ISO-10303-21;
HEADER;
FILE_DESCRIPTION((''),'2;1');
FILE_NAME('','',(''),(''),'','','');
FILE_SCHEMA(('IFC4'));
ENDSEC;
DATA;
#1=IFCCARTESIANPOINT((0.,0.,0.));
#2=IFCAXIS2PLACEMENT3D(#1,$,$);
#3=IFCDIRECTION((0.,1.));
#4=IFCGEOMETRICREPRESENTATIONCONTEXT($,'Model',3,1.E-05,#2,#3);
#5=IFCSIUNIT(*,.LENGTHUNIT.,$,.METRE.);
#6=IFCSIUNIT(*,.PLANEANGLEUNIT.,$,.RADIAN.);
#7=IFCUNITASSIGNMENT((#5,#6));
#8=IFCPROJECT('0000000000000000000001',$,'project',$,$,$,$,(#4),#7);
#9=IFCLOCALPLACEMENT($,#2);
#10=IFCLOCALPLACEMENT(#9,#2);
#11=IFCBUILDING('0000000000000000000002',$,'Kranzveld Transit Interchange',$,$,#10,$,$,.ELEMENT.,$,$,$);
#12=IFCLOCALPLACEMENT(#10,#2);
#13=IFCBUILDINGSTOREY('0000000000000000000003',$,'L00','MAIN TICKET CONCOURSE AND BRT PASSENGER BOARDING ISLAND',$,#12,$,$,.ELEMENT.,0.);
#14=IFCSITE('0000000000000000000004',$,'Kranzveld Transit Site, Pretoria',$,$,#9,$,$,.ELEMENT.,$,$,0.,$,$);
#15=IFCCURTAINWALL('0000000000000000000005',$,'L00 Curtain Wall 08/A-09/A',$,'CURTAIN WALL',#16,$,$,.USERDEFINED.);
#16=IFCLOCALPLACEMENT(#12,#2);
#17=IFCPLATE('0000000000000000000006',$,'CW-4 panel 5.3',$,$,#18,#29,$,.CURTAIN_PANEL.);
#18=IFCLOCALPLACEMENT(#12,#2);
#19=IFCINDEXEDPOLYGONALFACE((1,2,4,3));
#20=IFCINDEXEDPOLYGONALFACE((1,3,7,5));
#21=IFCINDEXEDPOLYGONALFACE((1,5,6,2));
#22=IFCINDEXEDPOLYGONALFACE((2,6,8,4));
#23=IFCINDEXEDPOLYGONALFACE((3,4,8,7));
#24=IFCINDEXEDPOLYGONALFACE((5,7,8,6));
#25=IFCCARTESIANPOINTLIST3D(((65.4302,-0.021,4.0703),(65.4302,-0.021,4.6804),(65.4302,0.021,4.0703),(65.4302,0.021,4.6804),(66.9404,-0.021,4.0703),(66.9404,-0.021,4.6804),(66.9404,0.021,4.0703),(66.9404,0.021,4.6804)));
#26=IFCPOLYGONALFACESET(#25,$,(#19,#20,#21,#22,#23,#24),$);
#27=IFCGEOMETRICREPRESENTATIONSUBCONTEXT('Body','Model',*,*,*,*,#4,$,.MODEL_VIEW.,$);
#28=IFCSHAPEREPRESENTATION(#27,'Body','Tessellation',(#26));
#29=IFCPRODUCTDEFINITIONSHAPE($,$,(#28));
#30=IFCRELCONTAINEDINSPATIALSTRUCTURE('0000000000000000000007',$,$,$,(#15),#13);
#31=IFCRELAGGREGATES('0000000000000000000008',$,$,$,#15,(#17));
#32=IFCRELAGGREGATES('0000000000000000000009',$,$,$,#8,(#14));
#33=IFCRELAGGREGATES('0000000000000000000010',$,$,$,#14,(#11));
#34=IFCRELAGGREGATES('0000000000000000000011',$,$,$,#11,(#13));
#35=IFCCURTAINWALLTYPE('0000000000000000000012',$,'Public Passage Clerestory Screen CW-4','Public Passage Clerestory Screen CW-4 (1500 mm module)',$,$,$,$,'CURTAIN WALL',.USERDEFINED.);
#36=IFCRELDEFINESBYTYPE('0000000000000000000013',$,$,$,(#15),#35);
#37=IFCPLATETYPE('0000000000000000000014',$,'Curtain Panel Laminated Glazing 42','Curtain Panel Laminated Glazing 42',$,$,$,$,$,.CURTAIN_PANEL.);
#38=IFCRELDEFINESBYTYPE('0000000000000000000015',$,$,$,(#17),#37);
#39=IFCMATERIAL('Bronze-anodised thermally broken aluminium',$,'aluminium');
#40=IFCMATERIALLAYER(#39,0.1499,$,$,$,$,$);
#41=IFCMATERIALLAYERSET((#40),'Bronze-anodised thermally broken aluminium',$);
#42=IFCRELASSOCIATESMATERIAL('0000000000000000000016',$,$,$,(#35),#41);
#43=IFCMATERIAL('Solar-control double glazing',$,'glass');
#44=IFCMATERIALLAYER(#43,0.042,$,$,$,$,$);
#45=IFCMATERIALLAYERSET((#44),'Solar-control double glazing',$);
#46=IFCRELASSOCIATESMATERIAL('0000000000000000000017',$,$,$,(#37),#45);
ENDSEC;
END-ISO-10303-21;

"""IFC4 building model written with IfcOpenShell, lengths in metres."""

from ifc_helpers import new_model, si_unit, direction, frame, origin, origin_2d, place, context, subcontext, project, spatial, rectangle, extrude, material, layer, layer_set, type_object, element, aggregate, save


model = new_model("IFC4")

# Units and contexts
model_context = context("Model", 3, precision=1e-05, world=origin(), true_north=direction((0.0, 1.0)))
body_context = subcontext(model_context, "Body", "Model", "MODEL_VIEW")
ifc_project = project(units=[si_unit("LENGTHUNIT", "METRE"), si_unit("PLANEANGLEUNIT", "RADIAN")], contexts=[model_context])

# Site, building, storey
site_placement = place(None, origin())
site = spatial("IfcSite", under=ifc_project, at=site_placement, Name="Kranzveld Transit Site, Pretoria", CompositionType="ELEMENT", RefElevation=0.0)
building_placement = place(site_placement, origin())
building = spatial("IfcBuilding", under=site, at=building_placement, Name="Kranzveld Transit Interchange", CompositionType="ELEMENT")
storey_placement = place(building_placement, origin())
storey = spatial("IfcBuildingStorey", under=building, at=storey_placement, Name="L00", Description="MAIN TICKET CONCOURSE AND BRT PASSENGER BOARDING ISLAND", CompositionType="ELEMENT", Elevation=0.0)

# Curtain wall
ifc_material_1 = material(Name="Bronze-anodised thermally broken aluminium", Category="aluminium")
ifc_layer_1 = layer(ifc_material_1, 0.1499)
ifc_layer_set_1 = layer_set([ifc_layer_1], Name="Bronze-anodised thermally broken aluminium")
curtain_wall_type = type_object("IfcCurtainWallType", Name="Public Passage Clerestory Screen CW-4", Description="Public Passage Clerestory Screen CW-4 (1500 mm module)", ElementType="CURTAIN WALL", PredefinedType="USERDEFINED", material=ifc_layer_set_1)
curtain_wall_placement = place(storey_placement, origin())
curtain_wall = element("IfcCurtainWall", 1, at=curtain_wall_placement, inside=storey, type_object=curtain_wall_type, Name="L00 Curtain Wall 08/A-09/A", ObjectType="CURTAIN WALL", PredefinedType="USERDEFINED")

# Plate
ifc_material_2 = material(Name="Solar-control double glazing", Category="glass")
ifc_layer_2 = layer(ifc_material_2, 0.042)
ifc_layer_set_2 = layer_set([ifc_layer_2], Name="Solar-control double glazing")
plate_type = type_object("IfcPlateType", Name="Curtain Panel Laminated Glazing 42", Description="Curtain Panel Laminated Glazing 42", PredefinedType="CURTAIN_PANEL", material=ifc_layer_set_2)
plate_1_placement = place(storey_placement, frame((66.1853, 0.0, 4.0703), z_axis=(0.0, 0.0, 1.0), x_axis=(1.0, 0.0, 0.0)))
plate_1 = element("IfcPlate", 2, at=plate_1_placement, type_object=plate_type, Name="CW-4 panel 5.3", PredefinedType="CURTAIN_PANEL", context=body_context, shape_type="SweptSolid", body=[
    extrude(rectangle(XDim=1.5103, YDim=0.042, at=origin_2d()), origin(), (0.0, 0.0, 1.0), 0.6101),
])
aggregate(curtain_wall, [plate_1])

save(model, "model.ifc")
